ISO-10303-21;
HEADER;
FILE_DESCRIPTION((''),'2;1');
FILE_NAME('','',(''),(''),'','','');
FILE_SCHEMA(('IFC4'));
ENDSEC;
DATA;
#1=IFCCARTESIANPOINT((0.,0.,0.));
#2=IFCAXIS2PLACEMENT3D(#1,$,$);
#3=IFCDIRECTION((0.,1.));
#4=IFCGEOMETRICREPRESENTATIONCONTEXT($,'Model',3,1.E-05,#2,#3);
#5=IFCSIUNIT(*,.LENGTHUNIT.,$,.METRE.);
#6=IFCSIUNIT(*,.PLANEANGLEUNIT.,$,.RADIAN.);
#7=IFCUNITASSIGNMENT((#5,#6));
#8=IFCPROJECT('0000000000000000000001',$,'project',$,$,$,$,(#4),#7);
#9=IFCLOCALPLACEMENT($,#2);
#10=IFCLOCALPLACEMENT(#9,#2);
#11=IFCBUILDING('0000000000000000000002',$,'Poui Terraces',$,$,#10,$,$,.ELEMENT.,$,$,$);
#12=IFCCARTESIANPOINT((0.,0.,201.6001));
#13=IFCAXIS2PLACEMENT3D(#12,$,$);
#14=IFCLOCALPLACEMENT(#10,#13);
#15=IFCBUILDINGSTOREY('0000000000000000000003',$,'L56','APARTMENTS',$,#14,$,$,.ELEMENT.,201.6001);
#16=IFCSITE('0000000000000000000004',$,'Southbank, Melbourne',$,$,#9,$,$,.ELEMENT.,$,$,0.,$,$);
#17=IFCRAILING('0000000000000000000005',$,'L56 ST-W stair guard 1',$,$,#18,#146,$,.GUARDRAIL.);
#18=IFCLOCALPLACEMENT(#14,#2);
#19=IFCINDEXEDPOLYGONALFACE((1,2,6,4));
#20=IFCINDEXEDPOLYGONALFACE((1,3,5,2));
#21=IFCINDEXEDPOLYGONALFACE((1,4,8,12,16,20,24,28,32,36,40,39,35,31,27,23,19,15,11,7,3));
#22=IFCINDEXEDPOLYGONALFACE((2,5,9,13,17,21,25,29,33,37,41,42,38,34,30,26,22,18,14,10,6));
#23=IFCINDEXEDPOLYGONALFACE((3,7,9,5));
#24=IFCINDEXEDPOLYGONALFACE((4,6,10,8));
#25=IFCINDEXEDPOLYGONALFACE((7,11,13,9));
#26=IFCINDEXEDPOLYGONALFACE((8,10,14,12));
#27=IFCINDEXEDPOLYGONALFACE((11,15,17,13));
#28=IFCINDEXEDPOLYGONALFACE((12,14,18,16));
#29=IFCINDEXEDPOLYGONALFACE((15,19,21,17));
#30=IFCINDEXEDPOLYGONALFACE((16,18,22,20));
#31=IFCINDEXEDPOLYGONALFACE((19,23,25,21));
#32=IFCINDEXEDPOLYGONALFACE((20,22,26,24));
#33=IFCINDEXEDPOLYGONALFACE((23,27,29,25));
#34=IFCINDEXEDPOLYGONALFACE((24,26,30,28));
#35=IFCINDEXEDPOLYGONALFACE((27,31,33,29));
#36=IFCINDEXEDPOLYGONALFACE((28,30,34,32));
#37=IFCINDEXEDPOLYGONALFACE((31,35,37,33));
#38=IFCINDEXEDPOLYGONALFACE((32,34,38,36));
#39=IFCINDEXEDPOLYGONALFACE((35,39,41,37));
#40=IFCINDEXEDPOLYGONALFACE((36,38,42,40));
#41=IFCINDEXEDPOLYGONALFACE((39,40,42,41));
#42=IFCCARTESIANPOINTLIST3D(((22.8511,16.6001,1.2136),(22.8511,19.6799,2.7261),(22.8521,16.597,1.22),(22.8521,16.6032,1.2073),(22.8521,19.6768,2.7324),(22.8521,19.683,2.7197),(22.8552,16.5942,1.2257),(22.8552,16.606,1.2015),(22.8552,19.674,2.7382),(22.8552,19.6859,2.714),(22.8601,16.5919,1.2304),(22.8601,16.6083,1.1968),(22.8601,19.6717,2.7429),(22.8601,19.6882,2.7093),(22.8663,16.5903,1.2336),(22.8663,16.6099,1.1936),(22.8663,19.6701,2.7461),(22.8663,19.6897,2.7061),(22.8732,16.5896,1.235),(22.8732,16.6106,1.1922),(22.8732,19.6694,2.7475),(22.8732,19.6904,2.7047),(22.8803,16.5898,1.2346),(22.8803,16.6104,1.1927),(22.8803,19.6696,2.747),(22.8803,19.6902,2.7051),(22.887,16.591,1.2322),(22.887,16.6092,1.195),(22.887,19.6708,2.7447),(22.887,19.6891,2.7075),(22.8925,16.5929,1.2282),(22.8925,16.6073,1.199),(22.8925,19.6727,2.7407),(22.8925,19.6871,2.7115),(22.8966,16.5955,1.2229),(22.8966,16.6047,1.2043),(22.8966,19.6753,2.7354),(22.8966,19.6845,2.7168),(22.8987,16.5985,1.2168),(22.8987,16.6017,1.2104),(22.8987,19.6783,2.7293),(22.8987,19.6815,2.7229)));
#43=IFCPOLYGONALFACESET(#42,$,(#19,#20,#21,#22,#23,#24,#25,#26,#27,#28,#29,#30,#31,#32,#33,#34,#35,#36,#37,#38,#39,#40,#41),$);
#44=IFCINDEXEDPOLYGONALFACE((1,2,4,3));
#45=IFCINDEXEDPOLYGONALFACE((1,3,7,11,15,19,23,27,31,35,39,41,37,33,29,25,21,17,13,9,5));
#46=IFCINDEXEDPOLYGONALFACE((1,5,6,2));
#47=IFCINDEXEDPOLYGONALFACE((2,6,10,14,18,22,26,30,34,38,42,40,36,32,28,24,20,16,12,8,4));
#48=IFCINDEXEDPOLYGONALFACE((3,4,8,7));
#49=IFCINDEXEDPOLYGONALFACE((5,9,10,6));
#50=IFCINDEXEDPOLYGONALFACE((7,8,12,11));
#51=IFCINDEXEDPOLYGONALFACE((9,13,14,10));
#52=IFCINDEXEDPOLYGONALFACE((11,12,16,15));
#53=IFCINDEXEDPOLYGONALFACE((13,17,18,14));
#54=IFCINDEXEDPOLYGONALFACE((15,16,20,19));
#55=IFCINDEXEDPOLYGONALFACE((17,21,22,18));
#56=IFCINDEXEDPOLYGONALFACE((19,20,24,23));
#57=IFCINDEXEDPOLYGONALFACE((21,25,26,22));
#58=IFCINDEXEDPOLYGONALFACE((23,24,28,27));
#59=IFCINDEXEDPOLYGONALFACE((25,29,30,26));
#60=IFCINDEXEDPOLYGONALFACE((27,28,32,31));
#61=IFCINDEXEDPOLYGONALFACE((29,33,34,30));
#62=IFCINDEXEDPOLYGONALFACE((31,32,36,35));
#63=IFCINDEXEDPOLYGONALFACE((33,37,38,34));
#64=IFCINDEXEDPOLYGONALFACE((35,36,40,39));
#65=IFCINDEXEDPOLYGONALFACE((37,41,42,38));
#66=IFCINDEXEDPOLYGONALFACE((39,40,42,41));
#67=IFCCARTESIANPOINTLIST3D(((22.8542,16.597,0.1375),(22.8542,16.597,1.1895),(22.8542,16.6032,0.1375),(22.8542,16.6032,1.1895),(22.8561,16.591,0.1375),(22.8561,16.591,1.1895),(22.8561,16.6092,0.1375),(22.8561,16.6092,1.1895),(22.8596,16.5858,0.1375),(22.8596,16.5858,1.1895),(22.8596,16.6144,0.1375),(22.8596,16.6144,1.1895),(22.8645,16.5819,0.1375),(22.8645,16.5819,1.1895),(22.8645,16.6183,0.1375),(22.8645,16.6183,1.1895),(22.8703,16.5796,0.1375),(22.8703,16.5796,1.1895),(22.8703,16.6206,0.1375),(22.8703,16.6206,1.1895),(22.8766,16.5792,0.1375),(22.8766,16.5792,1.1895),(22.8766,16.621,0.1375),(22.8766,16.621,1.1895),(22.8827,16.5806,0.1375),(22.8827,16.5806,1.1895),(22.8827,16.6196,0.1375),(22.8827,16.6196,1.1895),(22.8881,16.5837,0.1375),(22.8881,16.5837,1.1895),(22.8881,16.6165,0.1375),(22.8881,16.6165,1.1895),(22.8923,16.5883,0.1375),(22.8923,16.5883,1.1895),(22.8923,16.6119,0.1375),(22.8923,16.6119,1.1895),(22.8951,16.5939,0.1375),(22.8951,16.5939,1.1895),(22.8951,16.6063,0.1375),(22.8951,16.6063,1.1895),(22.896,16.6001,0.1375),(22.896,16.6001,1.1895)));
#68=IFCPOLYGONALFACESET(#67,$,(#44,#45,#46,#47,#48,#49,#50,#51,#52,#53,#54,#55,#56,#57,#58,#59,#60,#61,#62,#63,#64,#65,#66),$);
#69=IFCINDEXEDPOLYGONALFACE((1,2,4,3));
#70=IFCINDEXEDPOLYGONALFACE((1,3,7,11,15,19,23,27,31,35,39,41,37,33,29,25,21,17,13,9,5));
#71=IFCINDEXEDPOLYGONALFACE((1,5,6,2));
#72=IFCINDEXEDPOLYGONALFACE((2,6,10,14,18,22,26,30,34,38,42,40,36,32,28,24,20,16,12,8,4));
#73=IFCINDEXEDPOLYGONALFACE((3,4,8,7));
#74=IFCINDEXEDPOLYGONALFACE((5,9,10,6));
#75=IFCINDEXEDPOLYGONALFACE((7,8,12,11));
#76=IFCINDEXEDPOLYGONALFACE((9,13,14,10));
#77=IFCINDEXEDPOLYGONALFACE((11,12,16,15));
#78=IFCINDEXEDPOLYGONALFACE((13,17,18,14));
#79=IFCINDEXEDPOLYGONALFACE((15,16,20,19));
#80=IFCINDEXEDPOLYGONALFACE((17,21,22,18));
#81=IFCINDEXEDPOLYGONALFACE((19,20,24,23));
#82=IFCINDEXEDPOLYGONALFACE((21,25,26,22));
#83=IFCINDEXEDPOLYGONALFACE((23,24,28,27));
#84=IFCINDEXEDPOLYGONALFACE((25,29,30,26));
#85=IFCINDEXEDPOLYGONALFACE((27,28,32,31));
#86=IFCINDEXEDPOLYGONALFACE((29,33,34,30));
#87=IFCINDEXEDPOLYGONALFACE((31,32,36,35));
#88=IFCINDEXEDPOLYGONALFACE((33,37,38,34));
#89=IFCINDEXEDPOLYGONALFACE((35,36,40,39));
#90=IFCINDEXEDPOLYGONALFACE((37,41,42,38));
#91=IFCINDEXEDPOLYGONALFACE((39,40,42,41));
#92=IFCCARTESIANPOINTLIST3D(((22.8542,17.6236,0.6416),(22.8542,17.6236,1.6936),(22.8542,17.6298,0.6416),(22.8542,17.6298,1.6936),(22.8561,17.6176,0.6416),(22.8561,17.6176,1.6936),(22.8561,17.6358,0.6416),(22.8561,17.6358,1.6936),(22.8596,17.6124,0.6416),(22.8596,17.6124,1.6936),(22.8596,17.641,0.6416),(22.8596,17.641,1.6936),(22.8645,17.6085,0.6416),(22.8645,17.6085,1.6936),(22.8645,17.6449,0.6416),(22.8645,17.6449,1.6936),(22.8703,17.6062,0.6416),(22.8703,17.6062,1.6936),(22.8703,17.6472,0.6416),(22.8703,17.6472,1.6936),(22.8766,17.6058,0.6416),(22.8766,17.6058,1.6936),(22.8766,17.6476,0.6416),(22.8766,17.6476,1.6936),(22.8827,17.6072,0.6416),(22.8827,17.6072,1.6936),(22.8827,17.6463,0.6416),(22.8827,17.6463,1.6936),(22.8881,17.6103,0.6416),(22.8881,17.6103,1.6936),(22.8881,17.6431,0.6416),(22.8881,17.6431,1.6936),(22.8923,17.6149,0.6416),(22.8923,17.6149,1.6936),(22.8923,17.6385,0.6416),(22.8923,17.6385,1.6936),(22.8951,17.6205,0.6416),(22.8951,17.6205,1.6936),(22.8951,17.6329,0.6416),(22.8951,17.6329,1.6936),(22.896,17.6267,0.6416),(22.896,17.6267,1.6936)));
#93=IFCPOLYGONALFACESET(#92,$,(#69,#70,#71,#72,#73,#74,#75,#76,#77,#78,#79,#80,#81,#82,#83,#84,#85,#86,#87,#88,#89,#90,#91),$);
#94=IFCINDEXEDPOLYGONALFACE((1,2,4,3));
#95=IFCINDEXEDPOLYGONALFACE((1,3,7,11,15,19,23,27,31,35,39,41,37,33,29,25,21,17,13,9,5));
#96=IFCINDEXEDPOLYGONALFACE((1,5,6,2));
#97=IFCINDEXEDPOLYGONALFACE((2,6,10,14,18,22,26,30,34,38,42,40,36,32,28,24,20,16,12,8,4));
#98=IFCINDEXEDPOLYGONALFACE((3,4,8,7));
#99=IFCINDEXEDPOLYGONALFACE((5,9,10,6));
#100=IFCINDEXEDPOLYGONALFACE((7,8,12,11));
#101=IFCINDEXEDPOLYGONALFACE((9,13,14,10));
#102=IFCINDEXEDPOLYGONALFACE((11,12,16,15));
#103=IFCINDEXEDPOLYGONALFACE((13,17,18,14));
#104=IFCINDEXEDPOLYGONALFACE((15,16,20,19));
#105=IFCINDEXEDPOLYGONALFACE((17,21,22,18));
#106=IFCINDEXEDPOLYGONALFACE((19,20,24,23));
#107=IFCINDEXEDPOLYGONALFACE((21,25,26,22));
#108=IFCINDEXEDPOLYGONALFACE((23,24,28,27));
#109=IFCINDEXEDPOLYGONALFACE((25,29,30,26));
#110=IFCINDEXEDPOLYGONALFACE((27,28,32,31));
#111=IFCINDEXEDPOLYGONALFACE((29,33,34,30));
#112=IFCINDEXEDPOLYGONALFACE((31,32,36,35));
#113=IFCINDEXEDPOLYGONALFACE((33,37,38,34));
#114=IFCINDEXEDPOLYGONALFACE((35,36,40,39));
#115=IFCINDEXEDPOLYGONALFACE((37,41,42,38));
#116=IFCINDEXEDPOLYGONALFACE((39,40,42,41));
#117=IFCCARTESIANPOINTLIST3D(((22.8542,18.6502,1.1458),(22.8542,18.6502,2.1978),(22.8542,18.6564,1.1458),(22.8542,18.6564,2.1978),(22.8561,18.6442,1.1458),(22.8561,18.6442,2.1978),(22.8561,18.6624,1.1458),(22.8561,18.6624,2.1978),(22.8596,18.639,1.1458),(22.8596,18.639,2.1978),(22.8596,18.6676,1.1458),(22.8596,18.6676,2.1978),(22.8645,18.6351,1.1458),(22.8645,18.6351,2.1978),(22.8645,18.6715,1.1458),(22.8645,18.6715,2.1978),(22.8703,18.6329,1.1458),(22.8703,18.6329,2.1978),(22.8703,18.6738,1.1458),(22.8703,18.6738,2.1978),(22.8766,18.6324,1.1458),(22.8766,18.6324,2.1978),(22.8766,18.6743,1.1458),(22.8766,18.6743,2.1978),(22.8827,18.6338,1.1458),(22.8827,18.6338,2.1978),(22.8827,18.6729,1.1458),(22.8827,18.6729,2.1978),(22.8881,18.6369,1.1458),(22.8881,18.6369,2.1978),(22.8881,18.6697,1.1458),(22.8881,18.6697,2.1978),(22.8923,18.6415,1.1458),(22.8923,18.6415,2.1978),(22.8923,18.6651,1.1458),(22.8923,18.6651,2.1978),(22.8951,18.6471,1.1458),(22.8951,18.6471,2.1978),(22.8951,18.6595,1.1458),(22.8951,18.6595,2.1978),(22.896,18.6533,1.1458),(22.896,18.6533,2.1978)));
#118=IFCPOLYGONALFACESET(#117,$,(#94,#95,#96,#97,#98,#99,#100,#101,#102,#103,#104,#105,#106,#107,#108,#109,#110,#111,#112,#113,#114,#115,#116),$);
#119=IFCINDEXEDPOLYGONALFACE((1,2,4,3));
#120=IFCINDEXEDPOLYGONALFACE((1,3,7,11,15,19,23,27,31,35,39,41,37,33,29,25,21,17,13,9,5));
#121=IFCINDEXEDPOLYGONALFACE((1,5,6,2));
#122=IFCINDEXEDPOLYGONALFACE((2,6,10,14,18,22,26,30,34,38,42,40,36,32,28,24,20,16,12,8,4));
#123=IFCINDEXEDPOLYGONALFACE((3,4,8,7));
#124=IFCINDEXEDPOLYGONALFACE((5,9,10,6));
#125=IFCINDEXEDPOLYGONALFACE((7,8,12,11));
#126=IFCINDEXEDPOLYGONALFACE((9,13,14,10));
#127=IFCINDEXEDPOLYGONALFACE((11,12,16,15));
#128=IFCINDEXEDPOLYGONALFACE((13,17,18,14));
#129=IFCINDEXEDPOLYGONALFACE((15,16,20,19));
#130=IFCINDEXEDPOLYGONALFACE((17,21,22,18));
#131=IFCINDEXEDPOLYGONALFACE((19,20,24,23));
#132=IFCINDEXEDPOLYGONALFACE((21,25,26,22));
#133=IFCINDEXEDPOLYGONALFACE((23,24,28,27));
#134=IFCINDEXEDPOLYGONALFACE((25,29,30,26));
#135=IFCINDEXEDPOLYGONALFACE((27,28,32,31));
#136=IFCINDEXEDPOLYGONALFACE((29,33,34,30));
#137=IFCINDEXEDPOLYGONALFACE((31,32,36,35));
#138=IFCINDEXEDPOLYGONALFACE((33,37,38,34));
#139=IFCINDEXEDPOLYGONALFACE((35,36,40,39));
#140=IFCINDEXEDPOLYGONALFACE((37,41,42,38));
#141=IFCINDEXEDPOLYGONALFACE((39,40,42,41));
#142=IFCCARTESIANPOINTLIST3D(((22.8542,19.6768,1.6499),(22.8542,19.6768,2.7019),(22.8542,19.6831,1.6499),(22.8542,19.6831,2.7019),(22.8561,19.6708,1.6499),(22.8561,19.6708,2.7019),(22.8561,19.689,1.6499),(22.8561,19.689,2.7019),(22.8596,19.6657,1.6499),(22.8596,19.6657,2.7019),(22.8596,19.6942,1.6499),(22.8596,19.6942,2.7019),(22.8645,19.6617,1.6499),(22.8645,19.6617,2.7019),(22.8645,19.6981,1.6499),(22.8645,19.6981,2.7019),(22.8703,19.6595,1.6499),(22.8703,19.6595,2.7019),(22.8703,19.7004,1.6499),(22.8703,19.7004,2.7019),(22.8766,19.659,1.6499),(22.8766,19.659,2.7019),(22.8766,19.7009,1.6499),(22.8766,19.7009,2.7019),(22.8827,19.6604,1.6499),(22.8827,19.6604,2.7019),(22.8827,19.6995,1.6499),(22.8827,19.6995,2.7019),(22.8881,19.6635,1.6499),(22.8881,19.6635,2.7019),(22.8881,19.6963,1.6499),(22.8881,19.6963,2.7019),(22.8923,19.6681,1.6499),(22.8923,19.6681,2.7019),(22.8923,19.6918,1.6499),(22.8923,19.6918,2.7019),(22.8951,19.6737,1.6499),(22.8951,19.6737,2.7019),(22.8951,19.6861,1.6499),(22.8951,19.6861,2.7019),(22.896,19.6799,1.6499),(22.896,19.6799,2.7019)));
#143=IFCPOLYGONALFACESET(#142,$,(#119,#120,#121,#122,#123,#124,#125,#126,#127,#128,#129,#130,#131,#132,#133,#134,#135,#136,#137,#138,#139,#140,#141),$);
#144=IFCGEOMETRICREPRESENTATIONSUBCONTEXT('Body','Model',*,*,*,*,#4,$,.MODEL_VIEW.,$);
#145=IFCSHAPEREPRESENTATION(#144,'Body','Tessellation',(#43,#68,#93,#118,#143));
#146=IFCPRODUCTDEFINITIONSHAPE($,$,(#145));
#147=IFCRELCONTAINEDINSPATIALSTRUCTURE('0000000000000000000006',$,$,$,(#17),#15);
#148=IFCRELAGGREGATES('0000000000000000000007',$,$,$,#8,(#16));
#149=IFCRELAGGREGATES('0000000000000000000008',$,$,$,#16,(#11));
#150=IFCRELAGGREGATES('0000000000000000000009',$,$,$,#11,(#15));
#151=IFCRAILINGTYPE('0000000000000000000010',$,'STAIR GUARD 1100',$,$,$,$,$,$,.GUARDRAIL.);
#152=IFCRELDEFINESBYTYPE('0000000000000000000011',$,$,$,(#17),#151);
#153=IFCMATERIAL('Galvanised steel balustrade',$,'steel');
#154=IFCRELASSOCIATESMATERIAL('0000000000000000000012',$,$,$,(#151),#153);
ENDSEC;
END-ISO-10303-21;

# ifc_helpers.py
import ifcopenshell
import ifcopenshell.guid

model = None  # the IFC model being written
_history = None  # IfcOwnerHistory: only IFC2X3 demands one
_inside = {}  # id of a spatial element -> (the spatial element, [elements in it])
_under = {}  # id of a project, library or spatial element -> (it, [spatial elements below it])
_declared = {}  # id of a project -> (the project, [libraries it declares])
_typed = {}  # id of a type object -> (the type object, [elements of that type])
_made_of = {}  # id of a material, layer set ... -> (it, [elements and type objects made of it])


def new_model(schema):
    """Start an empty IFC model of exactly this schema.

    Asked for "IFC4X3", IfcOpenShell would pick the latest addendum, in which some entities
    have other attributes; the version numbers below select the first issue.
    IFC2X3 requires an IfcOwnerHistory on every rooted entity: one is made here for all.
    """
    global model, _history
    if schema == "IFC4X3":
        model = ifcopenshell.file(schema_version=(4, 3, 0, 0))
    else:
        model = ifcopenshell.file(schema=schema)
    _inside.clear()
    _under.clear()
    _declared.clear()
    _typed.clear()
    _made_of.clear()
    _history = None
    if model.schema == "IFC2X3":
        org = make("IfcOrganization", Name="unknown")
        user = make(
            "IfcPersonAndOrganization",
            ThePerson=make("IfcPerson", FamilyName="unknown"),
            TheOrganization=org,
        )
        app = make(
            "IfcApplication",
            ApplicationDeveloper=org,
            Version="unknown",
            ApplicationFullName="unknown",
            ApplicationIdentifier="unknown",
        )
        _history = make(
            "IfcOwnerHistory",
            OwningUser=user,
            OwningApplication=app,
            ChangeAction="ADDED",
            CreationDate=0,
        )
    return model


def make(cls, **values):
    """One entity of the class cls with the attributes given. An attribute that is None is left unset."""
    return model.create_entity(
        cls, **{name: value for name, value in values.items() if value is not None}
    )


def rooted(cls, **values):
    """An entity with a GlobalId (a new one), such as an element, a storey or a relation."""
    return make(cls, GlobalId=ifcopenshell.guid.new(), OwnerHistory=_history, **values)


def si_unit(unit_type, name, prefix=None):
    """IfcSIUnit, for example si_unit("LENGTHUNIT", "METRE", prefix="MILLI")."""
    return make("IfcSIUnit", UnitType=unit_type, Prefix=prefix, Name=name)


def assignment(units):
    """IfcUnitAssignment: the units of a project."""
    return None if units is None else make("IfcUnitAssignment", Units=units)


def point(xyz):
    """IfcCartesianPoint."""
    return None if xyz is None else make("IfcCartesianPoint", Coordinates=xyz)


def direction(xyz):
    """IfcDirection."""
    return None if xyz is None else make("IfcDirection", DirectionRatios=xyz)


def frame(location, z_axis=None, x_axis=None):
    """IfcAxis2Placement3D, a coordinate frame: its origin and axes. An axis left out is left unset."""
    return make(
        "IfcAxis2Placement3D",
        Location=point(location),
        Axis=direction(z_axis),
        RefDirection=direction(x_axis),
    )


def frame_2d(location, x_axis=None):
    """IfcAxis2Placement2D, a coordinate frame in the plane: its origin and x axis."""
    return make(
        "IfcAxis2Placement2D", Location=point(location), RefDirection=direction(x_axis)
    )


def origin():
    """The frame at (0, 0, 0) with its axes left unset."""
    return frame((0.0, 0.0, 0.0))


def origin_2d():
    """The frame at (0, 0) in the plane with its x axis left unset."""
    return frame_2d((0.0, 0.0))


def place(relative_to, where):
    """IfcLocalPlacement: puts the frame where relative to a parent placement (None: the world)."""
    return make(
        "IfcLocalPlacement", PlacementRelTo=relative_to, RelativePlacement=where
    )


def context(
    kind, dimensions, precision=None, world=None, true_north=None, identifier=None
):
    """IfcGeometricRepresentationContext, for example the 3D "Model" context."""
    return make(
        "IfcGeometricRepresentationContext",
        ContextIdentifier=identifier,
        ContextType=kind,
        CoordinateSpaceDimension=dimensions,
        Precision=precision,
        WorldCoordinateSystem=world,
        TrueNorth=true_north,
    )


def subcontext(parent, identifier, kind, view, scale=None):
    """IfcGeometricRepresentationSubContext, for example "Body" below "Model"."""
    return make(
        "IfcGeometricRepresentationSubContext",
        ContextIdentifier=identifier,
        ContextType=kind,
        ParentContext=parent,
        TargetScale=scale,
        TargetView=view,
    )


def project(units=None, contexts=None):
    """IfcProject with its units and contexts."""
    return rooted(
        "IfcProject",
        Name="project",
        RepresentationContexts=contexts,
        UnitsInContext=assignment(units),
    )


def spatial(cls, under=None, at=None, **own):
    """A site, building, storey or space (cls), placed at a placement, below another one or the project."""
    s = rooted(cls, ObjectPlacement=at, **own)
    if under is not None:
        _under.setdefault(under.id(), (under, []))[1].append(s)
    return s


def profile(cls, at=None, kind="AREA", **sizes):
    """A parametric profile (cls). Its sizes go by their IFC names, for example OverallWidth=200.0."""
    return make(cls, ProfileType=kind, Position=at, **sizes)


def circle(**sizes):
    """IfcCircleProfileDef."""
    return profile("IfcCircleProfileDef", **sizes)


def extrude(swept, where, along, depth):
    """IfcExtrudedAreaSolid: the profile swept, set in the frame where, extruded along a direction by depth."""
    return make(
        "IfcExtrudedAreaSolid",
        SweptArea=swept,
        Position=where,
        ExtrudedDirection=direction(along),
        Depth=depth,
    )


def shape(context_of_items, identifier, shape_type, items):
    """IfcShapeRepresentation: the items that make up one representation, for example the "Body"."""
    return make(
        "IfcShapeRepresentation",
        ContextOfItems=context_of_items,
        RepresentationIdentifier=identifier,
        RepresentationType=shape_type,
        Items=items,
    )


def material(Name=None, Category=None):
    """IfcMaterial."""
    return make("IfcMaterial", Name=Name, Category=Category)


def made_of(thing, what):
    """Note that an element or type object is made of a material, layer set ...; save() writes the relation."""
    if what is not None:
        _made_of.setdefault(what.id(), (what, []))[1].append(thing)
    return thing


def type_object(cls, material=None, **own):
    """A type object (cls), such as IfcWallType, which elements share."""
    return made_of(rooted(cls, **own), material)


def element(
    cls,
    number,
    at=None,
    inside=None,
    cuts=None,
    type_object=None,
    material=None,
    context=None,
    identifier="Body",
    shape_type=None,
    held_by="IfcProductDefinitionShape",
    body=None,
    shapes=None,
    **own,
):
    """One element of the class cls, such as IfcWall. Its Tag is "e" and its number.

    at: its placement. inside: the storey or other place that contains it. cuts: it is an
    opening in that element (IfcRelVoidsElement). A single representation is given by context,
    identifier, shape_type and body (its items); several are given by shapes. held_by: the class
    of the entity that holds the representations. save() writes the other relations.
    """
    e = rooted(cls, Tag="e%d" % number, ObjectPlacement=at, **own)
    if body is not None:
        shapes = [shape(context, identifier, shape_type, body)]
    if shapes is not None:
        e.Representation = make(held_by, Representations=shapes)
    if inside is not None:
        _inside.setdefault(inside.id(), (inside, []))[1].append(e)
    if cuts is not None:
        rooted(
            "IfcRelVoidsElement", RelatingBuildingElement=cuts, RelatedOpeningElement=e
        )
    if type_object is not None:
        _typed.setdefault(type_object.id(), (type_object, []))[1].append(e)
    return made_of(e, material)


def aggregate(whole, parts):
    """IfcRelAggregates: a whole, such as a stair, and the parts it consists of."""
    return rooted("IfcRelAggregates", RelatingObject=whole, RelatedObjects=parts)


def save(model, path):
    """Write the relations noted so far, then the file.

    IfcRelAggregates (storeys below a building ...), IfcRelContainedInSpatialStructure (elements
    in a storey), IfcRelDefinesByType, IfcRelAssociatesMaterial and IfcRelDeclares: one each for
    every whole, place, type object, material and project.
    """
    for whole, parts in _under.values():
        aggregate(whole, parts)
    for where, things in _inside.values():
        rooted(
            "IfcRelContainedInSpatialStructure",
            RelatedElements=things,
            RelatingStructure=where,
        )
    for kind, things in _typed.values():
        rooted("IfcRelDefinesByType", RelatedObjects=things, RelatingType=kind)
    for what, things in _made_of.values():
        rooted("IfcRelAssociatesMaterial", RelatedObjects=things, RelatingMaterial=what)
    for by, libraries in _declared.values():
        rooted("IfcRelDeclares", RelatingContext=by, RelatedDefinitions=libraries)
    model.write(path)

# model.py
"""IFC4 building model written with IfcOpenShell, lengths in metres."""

from ifc_helpers import new_model, si_unit, direction, frame, origin, origin_2d, place, context, subcontext, project, spatial, circle, extrude, material, type_object, element, save


model = new_model("IFC4")

# Units and contexts
model_context = context("Model", 3, precision=1e-05, world=origin(), true_north=direction((0.0, 1.0)))
body_context = subcontext(model_context, "Body", "Model", "MODEL_VIEW")
ifc_project = project(units=[si_unit("LENGTHUNIT", "METRE"), si_unit("PLANEANGLEUNIT", "RADIAN")], contexts=[model_context])

# Site, building, storey
site_placement = place(None, origin())
site = spatial("IfcSite", under=ifc_project, at=site_placement, Name="Southbank, Melbourne", CompositionType="ELEMENT", RefElevation=0.0)
building_placement = place(site_placement, origin())
building = spatial("IfcBuilding", under=site, at=building_placement, Name="Poui Terraces", CompositionType="ELEMENT")
storey_placement = place(building_placement, frame((0.0, 0.0, 201.6001)))
storey = spatial("IfcBuildingStorey", under=building, at=storey_placement, Name="L56", Description="APARTMENTS", CompositionType="ELEMENT", Elevation=201.6001)

# Railing
ifc_material_1 = material(Name="Galvanised steel balustrade", Category="steel")
railing_type_1 = type_object("IfcRailingType", Name="STAIR GUARD 1100", PredefinedType="GUARDRAIL", material=ifc_material_1)
railing_1_placement = place(storey_placement, frame((22.875, 16.6001, 0.1375)))
element("IfcRailing", 1, at=railing_1_placement, inside=storey, type_object=railing_type_1, Name="L56 ST-W stair guard 1", PredefinedType="GUARDRAIL", context=body_context, shape_type="SweptSolid", body=[
    extrude(circle(Radius=0.0239, at=origin_2d()), frame((0.0, 0.0, 1.0762), z_axis=(0.0, 0.897606, 0.440798), x_axis=(-1.0, 0.0, 0.0)), (0.0, 0.0, 1.0), 3.4312),
    extrude(circle(Radius=0.021, at=origin_2d()), origin(), (0.0, 0.0, 1.0), 1.052),
    extrude(circle(Radius=0.021, at=origin_2d()), frame((0.0, 1.0266, 0.5042)), (0.0, 0.0, 1.0), 1.052),
    extrude(circle(Radius=0.021, at=origin_2d()), frame((0.0, 2.0532, 1.0083)), (0.0, 0.0, 1.0), 1.052),
    extrude(circle(Radius=0.021, at=origin_2d()), frame((0.0, 3.0798, 1.5125)), (0.0, 0.0, 1.0), 1.052),
])

save(model, "model.ifc")
